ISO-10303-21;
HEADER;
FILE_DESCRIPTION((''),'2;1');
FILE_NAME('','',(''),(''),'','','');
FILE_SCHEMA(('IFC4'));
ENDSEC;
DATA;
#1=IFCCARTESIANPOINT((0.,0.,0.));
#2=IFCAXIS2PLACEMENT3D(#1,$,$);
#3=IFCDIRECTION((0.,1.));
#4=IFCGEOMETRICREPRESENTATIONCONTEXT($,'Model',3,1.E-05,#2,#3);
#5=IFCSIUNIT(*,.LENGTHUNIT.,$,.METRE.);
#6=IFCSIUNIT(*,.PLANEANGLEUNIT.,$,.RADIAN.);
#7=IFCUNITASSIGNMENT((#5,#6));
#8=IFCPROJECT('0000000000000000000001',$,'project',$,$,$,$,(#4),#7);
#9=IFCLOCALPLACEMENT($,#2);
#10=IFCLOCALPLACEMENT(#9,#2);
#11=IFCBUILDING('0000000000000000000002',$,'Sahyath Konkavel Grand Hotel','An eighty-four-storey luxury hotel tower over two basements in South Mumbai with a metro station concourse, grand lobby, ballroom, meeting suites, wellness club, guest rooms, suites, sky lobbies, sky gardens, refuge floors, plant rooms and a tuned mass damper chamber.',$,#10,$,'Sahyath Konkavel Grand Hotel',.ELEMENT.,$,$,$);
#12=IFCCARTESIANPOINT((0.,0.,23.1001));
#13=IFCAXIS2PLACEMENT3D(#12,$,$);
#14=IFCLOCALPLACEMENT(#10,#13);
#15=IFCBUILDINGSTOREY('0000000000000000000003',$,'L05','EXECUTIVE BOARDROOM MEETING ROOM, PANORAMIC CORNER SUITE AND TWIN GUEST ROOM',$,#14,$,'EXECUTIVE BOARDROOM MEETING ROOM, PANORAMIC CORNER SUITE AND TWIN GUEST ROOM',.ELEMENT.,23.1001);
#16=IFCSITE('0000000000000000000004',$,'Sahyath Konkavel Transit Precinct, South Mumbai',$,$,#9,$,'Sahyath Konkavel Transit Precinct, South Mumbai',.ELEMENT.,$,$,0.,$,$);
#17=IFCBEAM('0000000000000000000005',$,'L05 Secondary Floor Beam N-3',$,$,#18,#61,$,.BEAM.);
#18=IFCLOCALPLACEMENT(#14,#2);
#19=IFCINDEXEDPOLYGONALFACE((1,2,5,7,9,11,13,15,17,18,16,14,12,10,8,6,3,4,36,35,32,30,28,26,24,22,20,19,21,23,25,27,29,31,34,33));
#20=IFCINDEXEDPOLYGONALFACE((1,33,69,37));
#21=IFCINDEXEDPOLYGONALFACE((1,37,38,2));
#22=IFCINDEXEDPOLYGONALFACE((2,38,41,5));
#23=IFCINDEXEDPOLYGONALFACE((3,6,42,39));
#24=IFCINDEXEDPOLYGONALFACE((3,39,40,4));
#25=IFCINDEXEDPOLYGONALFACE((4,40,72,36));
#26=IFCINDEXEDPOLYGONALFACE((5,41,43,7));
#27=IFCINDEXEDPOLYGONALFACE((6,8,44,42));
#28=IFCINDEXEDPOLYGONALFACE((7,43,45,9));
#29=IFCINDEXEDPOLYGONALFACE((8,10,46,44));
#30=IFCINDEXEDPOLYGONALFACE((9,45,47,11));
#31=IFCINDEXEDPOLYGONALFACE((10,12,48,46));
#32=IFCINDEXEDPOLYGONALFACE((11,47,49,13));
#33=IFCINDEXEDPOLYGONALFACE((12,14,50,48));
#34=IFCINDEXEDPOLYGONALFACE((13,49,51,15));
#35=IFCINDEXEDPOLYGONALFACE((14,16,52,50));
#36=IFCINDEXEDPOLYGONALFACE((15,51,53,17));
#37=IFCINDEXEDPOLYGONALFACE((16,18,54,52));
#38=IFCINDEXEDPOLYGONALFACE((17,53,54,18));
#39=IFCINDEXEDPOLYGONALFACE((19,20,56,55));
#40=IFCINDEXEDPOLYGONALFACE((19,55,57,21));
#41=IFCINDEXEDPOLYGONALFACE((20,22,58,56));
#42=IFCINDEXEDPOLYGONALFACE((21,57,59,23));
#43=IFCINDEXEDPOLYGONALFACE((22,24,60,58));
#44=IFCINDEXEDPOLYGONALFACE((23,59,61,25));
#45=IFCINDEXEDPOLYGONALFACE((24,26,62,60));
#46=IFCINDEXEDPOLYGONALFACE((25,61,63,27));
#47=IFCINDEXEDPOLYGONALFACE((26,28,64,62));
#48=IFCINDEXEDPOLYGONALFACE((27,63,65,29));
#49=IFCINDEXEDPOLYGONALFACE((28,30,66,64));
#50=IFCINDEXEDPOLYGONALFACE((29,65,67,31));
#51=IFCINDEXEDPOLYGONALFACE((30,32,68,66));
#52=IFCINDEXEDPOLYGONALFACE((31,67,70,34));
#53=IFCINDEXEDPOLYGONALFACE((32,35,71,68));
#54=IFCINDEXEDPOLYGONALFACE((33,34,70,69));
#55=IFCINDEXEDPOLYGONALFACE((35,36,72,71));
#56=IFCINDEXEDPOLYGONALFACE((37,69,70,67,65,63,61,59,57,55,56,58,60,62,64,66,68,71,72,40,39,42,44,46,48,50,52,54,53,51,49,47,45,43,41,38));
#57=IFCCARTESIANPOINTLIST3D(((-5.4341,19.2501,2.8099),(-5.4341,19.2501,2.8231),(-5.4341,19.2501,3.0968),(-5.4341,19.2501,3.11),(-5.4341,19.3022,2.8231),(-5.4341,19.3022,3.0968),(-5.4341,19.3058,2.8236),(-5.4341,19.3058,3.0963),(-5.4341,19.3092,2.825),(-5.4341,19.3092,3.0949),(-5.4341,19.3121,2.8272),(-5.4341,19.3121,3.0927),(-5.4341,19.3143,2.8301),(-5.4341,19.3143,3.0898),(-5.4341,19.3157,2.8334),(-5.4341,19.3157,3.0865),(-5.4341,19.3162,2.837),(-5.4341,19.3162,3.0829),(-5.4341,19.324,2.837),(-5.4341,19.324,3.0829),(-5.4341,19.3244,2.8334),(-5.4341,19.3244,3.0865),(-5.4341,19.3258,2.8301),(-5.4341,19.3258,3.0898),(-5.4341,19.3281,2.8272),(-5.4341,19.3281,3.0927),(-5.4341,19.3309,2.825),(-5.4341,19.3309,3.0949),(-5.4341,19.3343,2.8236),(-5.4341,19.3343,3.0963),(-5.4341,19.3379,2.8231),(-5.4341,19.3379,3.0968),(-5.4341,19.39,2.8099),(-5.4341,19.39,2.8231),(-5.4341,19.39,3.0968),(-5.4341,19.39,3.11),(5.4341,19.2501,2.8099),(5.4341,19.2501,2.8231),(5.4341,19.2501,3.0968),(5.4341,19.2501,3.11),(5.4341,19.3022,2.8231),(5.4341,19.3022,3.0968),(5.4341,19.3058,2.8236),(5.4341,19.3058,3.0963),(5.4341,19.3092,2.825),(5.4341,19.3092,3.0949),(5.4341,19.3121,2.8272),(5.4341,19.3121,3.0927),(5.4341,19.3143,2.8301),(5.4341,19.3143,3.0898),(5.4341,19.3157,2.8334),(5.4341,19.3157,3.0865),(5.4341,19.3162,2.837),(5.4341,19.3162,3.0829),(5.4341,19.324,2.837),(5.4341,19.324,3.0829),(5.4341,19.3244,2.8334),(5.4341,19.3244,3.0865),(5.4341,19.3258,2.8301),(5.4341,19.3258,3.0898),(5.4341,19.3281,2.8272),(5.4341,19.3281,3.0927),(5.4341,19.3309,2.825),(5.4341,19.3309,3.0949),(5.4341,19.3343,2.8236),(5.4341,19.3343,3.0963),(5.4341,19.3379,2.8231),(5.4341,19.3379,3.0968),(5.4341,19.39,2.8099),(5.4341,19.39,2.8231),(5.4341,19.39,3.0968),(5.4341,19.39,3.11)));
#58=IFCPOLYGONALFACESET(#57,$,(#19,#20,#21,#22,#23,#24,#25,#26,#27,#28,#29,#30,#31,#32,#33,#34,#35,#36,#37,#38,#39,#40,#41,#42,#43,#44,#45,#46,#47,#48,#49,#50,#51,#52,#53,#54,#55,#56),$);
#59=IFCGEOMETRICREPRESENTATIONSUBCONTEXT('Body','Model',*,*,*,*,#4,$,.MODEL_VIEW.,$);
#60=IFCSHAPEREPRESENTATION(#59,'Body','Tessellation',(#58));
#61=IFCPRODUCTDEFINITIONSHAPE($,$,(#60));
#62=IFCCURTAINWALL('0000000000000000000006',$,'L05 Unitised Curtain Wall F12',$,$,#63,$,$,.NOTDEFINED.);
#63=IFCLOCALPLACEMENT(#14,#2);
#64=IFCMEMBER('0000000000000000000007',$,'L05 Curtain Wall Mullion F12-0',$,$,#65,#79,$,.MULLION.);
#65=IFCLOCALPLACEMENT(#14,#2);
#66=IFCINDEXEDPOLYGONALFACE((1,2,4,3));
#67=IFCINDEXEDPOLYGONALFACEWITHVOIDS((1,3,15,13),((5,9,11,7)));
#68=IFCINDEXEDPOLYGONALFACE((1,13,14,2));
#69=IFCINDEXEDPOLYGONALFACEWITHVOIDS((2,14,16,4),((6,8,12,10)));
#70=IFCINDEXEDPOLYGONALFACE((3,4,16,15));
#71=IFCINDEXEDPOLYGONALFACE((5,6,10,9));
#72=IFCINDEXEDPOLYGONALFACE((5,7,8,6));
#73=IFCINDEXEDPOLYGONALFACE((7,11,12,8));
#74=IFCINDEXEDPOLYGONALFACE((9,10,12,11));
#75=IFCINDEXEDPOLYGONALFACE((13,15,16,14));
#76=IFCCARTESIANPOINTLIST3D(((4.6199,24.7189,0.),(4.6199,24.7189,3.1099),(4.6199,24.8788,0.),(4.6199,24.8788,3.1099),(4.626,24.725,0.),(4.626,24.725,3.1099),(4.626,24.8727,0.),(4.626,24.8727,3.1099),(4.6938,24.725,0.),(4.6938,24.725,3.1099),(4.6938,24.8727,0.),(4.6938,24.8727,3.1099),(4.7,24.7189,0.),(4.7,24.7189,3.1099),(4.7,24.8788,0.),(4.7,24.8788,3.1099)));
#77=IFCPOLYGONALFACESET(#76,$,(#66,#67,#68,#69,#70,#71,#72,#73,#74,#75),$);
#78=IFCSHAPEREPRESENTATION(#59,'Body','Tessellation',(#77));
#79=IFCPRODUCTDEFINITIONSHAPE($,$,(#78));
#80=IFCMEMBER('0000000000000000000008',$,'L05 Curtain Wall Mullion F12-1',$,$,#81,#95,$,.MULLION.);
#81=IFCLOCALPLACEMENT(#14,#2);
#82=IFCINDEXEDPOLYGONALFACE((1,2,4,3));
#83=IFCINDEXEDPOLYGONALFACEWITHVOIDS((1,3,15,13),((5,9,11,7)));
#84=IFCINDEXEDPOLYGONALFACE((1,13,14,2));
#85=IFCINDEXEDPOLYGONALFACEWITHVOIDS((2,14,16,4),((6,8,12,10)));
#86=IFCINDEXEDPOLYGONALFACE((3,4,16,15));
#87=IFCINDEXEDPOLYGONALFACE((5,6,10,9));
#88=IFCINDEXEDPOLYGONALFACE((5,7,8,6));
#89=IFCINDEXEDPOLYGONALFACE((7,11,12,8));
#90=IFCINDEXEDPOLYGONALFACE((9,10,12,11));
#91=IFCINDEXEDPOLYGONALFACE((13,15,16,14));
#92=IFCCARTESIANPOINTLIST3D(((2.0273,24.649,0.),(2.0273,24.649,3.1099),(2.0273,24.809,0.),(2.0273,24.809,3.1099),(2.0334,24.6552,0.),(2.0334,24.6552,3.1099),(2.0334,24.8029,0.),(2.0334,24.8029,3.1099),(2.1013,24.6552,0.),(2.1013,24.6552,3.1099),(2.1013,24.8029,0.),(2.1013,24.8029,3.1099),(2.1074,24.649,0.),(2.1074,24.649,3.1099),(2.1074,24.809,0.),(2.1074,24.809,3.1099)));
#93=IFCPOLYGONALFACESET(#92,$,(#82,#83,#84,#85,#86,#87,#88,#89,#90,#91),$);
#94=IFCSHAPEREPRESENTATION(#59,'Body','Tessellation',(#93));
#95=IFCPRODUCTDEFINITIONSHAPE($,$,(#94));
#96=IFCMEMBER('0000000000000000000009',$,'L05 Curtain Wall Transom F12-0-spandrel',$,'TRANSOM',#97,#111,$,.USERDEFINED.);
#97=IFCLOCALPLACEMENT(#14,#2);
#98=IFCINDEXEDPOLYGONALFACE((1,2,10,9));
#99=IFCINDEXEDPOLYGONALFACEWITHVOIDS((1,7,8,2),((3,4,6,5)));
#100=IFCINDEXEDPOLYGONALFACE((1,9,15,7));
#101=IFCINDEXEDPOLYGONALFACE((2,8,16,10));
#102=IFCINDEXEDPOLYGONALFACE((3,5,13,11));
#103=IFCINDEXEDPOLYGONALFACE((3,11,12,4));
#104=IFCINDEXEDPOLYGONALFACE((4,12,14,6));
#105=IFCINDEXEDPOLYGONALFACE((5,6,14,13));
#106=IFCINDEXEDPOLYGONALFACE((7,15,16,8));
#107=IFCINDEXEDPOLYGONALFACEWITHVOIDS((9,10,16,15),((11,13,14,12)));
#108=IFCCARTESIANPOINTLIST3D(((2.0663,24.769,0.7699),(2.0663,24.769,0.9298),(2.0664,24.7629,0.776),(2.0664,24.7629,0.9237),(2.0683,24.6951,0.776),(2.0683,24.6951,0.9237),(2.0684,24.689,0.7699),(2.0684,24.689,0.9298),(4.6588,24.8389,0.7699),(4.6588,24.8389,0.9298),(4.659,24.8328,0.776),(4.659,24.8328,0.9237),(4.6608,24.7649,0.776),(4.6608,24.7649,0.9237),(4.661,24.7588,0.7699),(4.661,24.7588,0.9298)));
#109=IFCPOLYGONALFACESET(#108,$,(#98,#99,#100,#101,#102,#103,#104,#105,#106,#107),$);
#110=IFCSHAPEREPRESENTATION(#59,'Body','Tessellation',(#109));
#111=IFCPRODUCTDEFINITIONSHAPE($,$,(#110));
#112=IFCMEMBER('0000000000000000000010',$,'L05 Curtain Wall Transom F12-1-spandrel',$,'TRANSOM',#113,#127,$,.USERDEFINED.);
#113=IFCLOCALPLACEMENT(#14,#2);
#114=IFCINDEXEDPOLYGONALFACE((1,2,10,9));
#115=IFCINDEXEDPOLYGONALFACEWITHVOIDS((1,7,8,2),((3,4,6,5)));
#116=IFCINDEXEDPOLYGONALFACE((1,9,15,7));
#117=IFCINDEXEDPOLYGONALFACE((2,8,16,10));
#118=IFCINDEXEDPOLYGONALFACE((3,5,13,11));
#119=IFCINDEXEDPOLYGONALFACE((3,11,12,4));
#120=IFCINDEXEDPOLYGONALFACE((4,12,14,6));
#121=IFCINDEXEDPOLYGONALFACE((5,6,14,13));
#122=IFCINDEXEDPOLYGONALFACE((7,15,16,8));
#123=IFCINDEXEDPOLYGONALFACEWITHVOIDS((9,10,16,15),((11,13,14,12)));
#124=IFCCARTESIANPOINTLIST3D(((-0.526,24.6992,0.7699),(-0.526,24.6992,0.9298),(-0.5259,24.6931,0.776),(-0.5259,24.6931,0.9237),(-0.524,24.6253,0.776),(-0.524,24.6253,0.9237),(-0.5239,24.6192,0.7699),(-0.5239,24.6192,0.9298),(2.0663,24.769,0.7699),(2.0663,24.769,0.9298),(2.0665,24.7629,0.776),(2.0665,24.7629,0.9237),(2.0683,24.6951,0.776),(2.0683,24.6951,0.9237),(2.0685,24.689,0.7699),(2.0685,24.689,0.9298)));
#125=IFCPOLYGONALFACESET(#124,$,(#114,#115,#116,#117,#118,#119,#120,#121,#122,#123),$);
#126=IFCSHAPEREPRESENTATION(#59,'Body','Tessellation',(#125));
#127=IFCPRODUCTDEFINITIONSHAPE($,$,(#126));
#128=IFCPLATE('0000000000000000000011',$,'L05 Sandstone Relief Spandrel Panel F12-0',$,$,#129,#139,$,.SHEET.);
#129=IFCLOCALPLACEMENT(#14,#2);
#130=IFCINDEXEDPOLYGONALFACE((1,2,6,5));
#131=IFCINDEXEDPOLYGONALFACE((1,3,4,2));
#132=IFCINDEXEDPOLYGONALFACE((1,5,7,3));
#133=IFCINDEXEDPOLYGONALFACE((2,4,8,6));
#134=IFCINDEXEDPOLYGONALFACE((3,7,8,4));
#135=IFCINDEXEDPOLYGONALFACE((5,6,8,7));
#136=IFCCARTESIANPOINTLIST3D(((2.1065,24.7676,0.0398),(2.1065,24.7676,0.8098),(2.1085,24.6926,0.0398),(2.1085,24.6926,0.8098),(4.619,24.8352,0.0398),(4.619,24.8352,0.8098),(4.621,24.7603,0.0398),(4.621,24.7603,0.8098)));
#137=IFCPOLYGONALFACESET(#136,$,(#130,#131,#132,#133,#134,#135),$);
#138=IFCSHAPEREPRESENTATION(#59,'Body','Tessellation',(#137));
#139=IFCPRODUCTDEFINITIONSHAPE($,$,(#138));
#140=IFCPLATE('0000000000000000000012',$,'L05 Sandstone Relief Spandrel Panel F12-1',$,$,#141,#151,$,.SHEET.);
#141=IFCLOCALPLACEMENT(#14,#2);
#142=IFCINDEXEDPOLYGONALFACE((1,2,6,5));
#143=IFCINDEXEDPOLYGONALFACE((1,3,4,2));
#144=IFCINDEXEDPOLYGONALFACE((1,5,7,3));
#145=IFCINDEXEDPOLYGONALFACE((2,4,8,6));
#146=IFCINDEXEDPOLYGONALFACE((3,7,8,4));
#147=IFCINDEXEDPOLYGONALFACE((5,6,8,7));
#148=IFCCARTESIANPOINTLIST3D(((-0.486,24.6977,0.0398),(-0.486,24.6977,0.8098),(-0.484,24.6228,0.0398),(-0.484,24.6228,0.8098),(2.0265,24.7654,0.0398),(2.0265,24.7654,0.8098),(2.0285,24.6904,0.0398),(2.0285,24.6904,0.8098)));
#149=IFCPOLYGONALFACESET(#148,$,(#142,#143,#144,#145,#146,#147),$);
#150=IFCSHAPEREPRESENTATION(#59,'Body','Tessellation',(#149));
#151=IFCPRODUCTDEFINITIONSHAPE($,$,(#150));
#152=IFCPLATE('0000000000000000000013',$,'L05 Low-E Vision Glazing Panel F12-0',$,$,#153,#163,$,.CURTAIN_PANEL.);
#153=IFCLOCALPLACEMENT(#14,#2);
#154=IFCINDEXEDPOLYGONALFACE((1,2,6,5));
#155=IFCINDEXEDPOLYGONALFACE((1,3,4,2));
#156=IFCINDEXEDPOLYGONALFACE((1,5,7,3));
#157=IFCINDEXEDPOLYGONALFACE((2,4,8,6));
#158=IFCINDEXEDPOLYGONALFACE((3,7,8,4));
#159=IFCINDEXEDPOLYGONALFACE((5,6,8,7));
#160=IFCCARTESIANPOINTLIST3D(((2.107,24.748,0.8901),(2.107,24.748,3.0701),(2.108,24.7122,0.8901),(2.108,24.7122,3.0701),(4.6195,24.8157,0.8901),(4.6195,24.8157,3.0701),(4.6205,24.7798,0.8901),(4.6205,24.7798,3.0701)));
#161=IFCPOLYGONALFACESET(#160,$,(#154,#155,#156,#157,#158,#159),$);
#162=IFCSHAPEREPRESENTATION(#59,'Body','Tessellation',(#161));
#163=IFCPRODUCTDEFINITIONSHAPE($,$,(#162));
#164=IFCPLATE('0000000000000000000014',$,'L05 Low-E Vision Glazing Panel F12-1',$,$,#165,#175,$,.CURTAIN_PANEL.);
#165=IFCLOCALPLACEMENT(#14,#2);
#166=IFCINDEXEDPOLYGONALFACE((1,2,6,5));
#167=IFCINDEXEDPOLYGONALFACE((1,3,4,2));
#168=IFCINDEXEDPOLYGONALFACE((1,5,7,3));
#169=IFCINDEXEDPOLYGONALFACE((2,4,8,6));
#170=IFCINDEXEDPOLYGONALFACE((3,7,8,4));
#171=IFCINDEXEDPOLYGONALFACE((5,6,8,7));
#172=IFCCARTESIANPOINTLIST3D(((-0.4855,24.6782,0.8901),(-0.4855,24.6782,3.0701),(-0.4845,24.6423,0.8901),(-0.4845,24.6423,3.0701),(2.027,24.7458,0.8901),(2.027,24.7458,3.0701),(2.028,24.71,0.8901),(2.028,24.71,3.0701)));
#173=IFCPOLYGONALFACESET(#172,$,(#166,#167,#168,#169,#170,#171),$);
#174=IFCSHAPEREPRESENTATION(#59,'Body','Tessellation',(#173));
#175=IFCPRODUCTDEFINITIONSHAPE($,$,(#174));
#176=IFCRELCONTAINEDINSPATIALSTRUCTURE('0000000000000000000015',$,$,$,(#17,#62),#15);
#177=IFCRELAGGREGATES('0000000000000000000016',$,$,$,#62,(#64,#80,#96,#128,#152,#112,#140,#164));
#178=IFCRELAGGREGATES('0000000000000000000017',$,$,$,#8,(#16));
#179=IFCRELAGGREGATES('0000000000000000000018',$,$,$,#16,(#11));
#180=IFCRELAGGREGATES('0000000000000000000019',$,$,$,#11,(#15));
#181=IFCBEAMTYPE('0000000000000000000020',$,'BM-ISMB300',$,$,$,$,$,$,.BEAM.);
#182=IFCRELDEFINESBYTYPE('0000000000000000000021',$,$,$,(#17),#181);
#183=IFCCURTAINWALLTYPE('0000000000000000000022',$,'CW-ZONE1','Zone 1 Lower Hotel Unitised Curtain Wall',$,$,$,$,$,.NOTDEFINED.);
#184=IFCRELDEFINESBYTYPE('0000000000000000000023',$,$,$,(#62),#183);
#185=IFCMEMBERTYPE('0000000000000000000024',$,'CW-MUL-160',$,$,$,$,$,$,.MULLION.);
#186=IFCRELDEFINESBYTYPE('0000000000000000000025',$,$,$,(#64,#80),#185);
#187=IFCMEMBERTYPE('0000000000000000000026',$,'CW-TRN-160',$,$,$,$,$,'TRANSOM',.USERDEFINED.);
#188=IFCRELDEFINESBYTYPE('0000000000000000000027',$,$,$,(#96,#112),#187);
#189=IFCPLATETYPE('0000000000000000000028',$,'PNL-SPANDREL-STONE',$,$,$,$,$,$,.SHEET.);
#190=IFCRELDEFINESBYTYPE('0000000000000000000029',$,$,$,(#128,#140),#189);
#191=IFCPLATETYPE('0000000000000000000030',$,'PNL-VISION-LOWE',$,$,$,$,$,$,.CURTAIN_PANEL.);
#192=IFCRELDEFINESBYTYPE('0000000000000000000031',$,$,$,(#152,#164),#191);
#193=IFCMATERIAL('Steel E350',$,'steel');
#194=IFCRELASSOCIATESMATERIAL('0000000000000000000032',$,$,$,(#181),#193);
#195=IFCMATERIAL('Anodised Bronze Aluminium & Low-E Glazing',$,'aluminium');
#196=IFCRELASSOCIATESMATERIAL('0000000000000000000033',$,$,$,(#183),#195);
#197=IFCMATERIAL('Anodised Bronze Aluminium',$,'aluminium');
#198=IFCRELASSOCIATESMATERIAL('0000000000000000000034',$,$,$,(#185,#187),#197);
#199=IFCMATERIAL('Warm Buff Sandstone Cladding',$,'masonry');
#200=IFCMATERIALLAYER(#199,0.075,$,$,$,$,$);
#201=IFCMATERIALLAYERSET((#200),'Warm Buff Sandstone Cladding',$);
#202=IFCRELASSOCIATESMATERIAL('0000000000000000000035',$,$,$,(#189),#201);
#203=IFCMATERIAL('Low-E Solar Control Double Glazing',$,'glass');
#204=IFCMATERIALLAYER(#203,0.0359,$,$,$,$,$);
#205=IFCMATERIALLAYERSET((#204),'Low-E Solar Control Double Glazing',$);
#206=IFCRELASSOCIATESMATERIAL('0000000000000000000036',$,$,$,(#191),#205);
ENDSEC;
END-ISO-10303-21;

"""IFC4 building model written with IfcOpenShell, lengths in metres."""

from ifc_helpers import new_model, si_unit, direction, frame, origin, origin_2d, place, context, subcontext, project, spatial, rectangle, hollow_rectangle, i_section, extrude, source, transform, mapped, material, layer, layer_set, material_profile, profile_set, type_object, element, aggregate, save


model = new_model("IFC4")

# Units and contexts
model_context = context("Model", 3, precision=1e-05, world=origin(), true_north=direction((0.0, 1.0)))
body_context = subcontext(model_context, "Body", "Model", "MODEL_VIEW")
ifc_project = project(units=[si_unit("LENGTHUNIT", "METRE"), si_unit("PLANEANGLEUNIT", "RADIAN")], contexts=[model_context])

# Site, building, storey
site_placement = place(None, origin())
site = spatial("IfcSite", under=ifc_project, at=site_placement, Name="Sahyath Konkavel Transit Precinct, South Mumbai", LongName="Sahyath Konkavel Transit Precinct, South Mumbai", CompositionType="ELEMENT", RefElevation=0.0)
building_placement = place(site_placement, origin())
building = spatial("IfcBuilding", under=site, at=building_placement, Name="Sahyath Konkavel Grand Hotel", Description="An eighty-four-storey luxury hotel tower over two basements in South Mumbai with a metro station concourse, grand lobby, ballroom, meeting suites, wellness club, guest rooms, suites, sky lobbies, sky gardens, refuge floors, plant rooms and a tuned mass damper chamber.", LongName="Sahyath Konkavel Grand Hotel", CompositionType="ELEMENT")
storey_placement = place(building_placement, frame((0.0, 0.0, 23.1001)))
storey = spatial("IfcBuildingStorey", under=building, at=storey_placement, Name="L05", Description="EXECUTIVE BOARDROOM MEETING ROOM, PANORAMIC CORNER SUITE AND TWIN GUEST ROOM", LongName="EXECUTIVE BOARDROOM MEETING ROOM, PANORAMIC CORNER SUITE AND TWIN GUEST ROOM", CompositionType="ELEMENT", Elevation=23.1001)

# Beam
ifc_material_1 = material(Name="Steel E350", Category="steel")
ifc_material_profile_1 = material_profile(ifc_material_1, i_section(OverallWidth=0.1399, OverallDepth=0.3, WebThickness=0.0078, FlangeThickness=0.0132, FilletRadius=0.0139, at=origin_2d()), Name="ISMB 300")
ifc_profile_set_1 = profile_set([ifc_material_profile_1], Name="Steel E350")
beam_type_1 = type_object("IfcBeamType", Name="BM-ISMB300", PredefinedType="BEAM", material=ifc_profile_set_1)
shared_shape_1 = source(origin(), body_context, "Body", "SweptSolid", [
    extrude(i_section(OverallWidth=0.1399, OverallDepth=0.3, WebThickness=0.0078, FlangeThickness=0.0132, FilletRadius=0.0139, at=origin_2d()), origin(), (0.0, 0.0, 1.0), 10.8682),
])
beam_1_placement = place(storey_placement, frame((5.4341, 19.3201, 2.96), z_axis=(-1.0, 0.0, 0.0), x_axis=(0.0, -1.0, 0.0)))
element("IfcBeam", 1, at=beam_1_placement, inside=storey, type_object=beam_type_1, Name="L05 Secondary Floor Beam N-3", PredefinedType="BEAM", context=body_context, shape_type="MappedRepresentation", body=[
    mapped(shared_shape_1, transform((0.0, 0.0, 0.0), scale=1.0)),
])

# Curtain wall, members, plates
ifc_material_2 = material(Name="Anodised Bronze Aluminium & Low-E Glazing", Category="aluminium")
curtain_wall_type = type_object("IfcCurtainWallType", Name="CW-ZONE1", Description="Zone 1 Lower Hotel Unitised Curtain Wall", PredefinedType="NOTDEFINED", material=ifc_material_2)
curtain_wall_placement = place(storey_placement, origin())
curtain_wall = element("IfcCurtainWall", 2, at=curtain_wall_placement, inside=storey, type_object=curtain_wall_type, Name="L05 Unitised Curtain Wall F12", PredefinedType="NOTDEFINED")
ifc_material_3 = material(Name="Anodised Bronze Aluminium", Category="aluminium")
ifc_material_profile_2 = material_profile(ifc_material_3, hollow_rectangle(XDim=0.0801, YDim=0.1599, WallThickness=0.0061, at=origin_2d()), Name="RHS 160x80x6")
ifc_profile_set_2 = profile_set([ifc_material_profile_2], Name="Anodised Bronze Aluminium")
member_type_1 = type_object("IfcMemberType", Name="CW-MUL-160", PredefinedType="MULLION", material=ifc_profile_set_2)
shared_shape_2 = source(origin(), body_context, "Body", "SweptSolid", [
    extrude(hollow_rectangle(XDim=0.0801, YDim=0.1599, WallThickness=0.0061, at=origin_2d()), origin(), (0.0, 0.0, 1.0), 3.1099),
])
member_1_placement = place(storey_placement, frame((4.6599, 24.7988, 0.0), z_axis=(0.0, 0.0, 1.0), x_axis=(1.0, 0.0, 0.0)))
member_1 = element("IfcMember", 3, at=member_1_placement, type_object=member_type_1, Name="L05 Curtain Wall Mullion F12-0", PredefinedType="MULLION", context=body_context, shape_type="MappedRepresentation", body=[
    mapped(shared_shape_2, transform((0.0, 0.0, 0.0), scale=1.0)),
])
member_2_placement = place(storey_placement, frame((2.0674, 24.729, 0.0), z_axis=(0.0, 0.0, 1.0), x_axis=(1.0, 0.0, 0.0)))
member_2 = element("IfcMember", 4, at=member_2_placement, type_object=member_type_1, Name="L05 Curtain Wall Mullion F12-1", PredefinedType="MULLION", context=body_context, shape_type="MappedRepresentation", body=[
    mapped(shared_shape_2, transform((0.0, 0.0, 0.0), scale=1.0)),
])
ifc_material_profile_3 = material_profile(ifc_material_3, hollow_rectangle(XDim=0.0801, YDim=0.1599, WallThickness=0.0061, at=origin_2d()), Name="RHS 160x80x6")
ifc_profile_set_3 = profile_set([ifc_material_profile_3], Name="Anodised Bronze Aluminium")
member_type_2 = type_object("IfcMemberType", Name="CW-TRN-160", ElementType="TRANSOM", PredefinedType="USERDEFINED", material=ifc_profile_set_3)
shared_shape_3 = source(origin(), body_context, "Body", "SweptSolid", [
    extrude(hollow_rectangle(XDim=0.0801, YDim=0.1599, WallThickness=0.0061, at=origin_2d()), origin(), (0.0, 0.0, 1.0), 2.5935),
])
member_3_placement = place(storey_placement, frame((4.6599, 24.7988, 0.8499), z_axis=(-0.999638, -0.026923, 0.0), x_axis=(0.026923, -0.999638, 0.0)))
member_3 = element("IfcMember", 5, at=member_3_placement, type_object=member_type_2, Name="L05 Curtain Wall Transom F12-0-spandrel", ObjectType="TRANSOM", PredefinedType="USERDEFINED", context=body_context, shape_type="MappedRepresentation", body=[
    mapped(shared_shape_3, transform((0.0, 0.0, 0.0), scale=1.0)),
])
shared_shape_4 = source(origin(), body_context, "Body", "SweptSolid", [
    extrude(hollow_rectangle(XDim=0.0801, YDim=0.1599, WallThickness=0.0061, at=origin_2d()), origin(), (0.0, 0.0, 1.0), 2.5933),
])
member_4_placement = place(storey_placement, frame((2.0674, 24.729, 0.8499), z_axis=(-0.999637, -0.026926, 0.0), x_axis=(0.026926, -0.999637, 0.0)))
member_4 = element("IfcMember", 6, at=member_4_placement, type_object=member_type_2, Name="L05 Curtain Wall Transom F12-1-spandrel", ObjectType="TRANSOM", PredefinedType="USERDEFINED", context=body_context, shape_type="MappedRepresentation", body=[
    mapped(shared_shape_4, transform((0.0, 0.0, 0.0), scale=1.0)),
])
ifc_material_4 = material(Name="Warm Buff Sandstone Cladding", Category="masonry")
ifc_layer_1 = layer(ifc_material_4, 0.075)
ifc_layer_set_1 = layer_set([ifc_layer_1], Name="Warm Buff Sandstone Cladding")
plate_type_1 = type_object("IfcPlateType", Name="PNL-SPANDREL-STONE", PredefinedType="SHEET", material=ifc_layer_set_1)
shared_shape_5 = source(origin(), body_context, "Body", "SweptSolid", [
    extrude(rectangle(XDim=2.5134, YDim=0.075, at=origin_2d()), origin(), (0.0, 0.0, 1.0), 0.77),
])
plate_1_placement = place(storey_placement, frame((3.3638, 24.7639, 0.0398), z_axis=(0.0, 0.0, 1.0), x_axis=(-0.999638, -0.02691, 0.0)))
plate_1 = element("IfcPlate", 7, at=plate_1_placement, type_object=plate_type_1, Name="L05 Sandstone Relief Spandrel Panel F12-0", PredefinedType="SHEET", context=body_context, shape_type="MappedRepresentation", body=[
    mapped(shared_shape_5, transform((0.0, 0.0, 0.0), scale=1.0)),
])
plate_2_placement = place(storey_placement, frame((0.7712, 24.6941, 0.0398), z_axis=(0.0, 0.0, 1.0), x_axis=(-0.999638, -0.02691, 0.0)))
plate_2 = element("IfcPlate", 8, at=plate_2_placement, type_object=plate_type_1, Name="L05 Sandstone Relief Spandrel Panel F12-1", PredefinedType="SHEET", context=body_context, shape_type="MappedRepresentation", body=[
    mapped(shared_shape_5, transform((0.0, 0.0, 0.0), scale=1.0)),
])
ifc_material_5 = material(Name="Low-E Solar Control Double Glazing", Category="glass")
ifc_layer_2 = layer(ifc_material_5, 0.0359)
ifc_layer_set_2 = layer_set([ifc_layer_2], Name="Low-E Solar Control Double Glazing")
plate_type_2 = type_object("IfcPlateType", Name="PNL-VISION-LOWE", PredefinedType="CURTAIN_PANEL", material=ifc_layer_set_2)
shared_shape_6 = source(origin(), body_context, "Body", "SweptSolid", [
    extrude(rectangle(XDim=2.5134, YDim=0.0359, at=origin_2d()), origin(), (0.0, 0.0, 1.0), 2.1799),
])
plate_3_placement = place(storey_placement, frame((3.3638, 24.7639, 0.8901), z_axis=(0.0, 0.0, 1.0), x_axis=(-0.999638, -0.02691, 0.0)))
plate_3 = element("IfcPlate", 9, at=plate_3_placement, type_object=plate_type_2, Name="L05 Low-E Vision Glazing Panel F12-0", PredefinedType="CURTAIN_PANEL", context=body_context, shape_type="MappedRepresentation", body=[
    mapped(shared_shape_6, transform((0.0, 0.0, 0.0), scale=1.0)),
])
plate_4_placement = place(storey_placement, frame((0.7712, 24.6941, 0.8901), z_axis=(0.0, 0.0, 1.0), x_axis=(-0.999638, -0.02691, 0.0)))
plate_4 = element("IfcPlate", 10, at=plate_4_placement, type_object=plate_type_2, Name="L05 Low-E Vision Glazing Panel F12-1", PredefinedType="CURTAIN_PANEL", context=body_context, shape_type="MappedRepresentation", body=[
    mapped(shared_shape_6, transform((0.0, 0.0, 0.0), scale=1.0)),
])
aggregate(curtain_wall, [member_1, member_2, member_3, plate_1, plate_3, member_4, plate_2, plate_4])

save(model, "model.ifc")
